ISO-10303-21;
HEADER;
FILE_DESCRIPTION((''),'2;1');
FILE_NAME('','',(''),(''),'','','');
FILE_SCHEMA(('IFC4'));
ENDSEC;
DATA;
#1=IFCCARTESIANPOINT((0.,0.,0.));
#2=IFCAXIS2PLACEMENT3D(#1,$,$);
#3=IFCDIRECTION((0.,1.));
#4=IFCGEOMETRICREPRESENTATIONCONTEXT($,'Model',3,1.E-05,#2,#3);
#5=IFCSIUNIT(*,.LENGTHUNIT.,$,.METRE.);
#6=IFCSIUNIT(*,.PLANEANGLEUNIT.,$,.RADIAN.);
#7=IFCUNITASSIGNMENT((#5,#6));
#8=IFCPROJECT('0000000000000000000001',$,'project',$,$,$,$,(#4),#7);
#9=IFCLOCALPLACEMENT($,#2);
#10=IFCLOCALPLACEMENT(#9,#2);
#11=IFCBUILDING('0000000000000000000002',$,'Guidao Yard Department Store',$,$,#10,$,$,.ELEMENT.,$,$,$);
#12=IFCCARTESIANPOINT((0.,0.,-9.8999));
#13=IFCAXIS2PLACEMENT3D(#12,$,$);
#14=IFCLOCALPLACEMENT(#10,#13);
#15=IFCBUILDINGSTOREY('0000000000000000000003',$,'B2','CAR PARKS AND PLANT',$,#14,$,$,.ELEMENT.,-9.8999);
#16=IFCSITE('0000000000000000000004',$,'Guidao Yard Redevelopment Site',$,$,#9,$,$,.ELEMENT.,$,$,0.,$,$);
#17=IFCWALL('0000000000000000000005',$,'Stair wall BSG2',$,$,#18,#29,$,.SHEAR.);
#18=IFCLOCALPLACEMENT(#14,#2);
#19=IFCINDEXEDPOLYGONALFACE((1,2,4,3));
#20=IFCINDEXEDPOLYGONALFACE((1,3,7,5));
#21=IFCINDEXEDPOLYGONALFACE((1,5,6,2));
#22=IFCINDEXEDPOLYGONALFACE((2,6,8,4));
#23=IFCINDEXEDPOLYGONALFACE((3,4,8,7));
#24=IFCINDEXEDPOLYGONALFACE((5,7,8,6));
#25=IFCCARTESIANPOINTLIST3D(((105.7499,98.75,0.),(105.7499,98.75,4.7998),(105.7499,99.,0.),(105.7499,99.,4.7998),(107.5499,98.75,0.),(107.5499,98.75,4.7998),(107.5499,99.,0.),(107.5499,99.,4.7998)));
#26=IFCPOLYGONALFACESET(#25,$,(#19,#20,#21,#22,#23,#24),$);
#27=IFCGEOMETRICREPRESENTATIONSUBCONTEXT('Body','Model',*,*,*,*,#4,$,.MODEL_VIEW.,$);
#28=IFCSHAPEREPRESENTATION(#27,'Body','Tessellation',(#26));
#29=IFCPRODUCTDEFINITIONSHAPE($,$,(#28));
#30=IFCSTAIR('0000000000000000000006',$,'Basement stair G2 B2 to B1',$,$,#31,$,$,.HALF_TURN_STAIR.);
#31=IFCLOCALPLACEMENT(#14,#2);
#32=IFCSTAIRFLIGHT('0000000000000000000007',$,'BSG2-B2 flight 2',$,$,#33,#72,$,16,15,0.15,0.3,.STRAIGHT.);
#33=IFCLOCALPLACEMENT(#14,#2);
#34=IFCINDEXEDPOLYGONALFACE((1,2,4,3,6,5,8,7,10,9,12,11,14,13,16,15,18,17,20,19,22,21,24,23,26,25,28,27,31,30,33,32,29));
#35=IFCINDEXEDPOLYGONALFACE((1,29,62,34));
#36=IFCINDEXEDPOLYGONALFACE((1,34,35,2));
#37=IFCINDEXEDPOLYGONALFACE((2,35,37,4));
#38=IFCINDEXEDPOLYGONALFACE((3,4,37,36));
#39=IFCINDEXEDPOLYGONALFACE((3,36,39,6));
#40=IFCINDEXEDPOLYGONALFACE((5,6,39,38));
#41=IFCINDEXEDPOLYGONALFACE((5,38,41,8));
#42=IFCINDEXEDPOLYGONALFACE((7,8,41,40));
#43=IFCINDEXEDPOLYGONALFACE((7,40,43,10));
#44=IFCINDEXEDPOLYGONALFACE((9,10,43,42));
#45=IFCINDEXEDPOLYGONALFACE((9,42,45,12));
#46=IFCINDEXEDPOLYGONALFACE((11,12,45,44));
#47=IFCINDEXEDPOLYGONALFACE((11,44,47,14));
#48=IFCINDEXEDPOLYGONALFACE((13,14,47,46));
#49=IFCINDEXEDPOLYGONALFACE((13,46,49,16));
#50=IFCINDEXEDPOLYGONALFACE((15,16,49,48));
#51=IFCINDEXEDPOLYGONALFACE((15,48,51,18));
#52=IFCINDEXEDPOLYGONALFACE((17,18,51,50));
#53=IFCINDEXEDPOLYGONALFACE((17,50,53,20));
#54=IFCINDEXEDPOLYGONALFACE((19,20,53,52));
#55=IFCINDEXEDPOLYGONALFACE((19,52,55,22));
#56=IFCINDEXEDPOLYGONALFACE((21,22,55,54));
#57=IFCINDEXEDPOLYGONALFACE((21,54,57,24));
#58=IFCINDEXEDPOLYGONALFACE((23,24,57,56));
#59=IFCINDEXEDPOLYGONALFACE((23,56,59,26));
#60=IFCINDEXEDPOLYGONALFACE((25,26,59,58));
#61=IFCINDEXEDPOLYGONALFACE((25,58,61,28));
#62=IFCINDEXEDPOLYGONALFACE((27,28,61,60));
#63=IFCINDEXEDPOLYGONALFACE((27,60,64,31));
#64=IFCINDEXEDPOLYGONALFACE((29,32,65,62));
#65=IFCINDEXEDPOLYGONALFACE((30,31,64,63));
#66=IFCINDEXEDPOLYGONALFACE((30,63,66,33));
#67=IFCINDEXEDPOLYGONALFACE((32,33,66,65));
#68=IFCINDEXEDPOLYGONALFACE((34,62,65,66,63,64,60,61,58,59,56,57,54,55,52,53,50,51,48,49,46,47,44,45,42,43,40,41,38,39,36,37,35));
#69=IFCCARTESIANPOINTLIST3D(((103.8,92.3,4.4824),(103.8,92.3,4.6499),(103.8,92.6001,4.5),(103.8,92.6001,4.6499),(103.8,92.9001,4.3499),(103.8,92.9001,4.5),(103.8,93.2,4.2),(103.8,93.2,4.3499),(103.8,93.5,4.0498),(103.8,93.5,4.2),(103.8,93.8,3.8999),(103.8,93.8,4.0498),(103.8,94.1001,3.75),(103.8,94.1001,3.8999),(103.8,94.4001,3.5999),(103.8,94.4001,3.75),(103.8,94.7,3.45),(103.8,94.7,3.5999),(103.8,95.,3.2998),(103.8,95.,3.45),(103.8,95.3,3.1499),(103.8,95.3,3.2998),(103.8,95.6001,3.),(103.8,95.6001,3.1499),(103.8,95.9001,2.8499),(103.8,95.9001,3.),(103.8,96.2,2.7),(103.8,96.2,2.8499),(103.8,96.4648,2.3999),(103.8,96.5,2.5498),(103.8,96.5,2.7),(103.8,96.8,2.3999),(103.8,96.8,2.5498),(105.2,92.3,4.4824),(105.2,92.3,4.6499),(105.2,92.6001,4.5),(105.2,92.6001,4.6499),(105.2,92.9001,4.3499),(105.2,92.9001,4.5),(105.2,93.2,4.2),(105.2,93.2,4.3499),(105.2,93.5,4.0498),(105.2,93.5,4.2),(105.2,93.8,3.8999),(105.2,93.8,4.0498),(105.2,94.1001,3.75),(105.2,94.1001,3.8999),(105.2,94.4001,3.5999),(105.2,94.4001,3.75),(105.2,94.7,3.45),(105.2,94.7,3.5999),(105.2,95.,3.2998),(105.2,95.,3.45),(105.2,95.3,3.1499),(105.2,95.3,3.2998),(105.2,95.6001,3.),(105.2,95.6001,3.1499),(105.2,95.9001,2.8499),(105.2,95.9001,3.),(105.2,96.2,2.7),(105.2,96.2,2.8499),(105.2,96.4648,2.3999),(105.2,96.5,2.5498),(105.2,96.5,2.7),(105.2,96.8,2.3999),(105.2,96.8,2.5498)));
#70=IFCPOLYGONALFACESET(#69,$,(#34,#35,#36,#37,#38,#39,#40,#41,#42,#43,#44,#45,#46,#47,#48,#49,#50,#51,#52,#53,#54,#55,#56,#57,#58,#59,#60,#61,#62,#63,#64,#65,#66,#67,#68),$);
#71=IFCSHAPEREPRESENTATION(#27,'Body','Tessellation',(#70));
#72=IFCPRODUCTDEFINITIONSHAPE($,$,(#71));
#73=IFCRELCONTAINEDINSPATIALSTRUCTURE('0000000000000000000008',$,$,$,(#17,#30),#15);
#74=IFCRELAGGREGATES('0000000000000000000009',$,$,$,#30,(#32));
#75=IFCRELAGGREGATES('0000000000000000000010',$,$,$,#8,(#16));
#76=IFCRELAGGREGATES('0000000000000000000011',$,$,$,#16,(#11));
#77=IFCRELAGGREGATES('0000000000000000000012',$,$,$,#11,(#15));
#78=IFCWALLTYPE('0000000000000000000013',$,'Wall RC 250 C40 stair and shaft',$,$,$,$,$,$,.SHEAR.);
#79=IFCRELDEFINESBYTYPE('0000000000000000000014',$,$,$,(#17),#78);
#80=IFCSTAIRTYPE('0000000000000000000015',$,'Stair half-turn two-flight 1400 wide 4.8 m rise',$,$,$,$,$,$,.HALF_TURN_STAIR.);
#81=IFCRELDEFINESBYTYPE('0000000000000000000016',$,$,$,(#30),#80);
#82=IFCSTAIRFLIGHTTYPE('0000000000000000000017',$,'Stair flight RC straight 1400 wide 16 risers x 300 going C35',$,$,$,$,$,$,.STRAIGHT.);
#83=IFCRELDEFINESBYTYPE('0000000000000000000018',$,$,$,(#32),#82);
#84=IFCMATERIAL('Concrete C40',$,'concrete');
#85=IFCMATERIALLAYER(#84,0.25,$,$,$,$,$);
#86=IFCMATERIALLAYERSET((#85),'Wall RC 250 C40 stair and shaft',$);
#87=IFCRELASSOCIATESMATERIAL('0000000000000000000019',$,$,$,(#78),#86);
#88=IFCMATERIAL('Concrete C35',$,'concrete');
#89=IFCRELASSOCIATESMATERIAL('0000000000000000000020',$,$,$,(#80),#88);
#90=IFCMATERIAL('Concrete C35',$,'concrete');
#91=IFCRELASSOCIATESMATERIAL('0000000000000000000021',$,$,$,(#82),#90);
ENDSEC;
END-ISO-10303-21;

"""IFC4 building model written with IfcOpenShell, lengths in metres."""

from ifc_helpers import new_model, si_unit, direction, frame, frame_2d, origin, place, context, subcontext, project, spatial, polyline, rectangle, outline, extrude, material, layer, layer_set, type_object, element, aggregate, save


model = new_model("IFC4")

# Units and contexts
model_context = context("Model", 3, precision=1e-05, world=origin(), true_north=direction((0.0, 1.0)))
body_context = subcontext(model_context, "Body", "Model", "MODEL_VIEW")
ifc_project = project(units=[si_unit("LENGTHUNIT", "METRE"), si_unit("PLANEANGLEUNIT", "RADIAN")], contexts=[model_context])

# Site, building, storey
site_placement = place(None, origin())
site = spatial("IfcSite", under=ifc_project, at=site_placement, Name="Guidao Yard Redevelopment Site", CompositionType="ELEMENT", RefElevation=0.0)
building_placement = place(site_placement, origin())
building = spatial("IfcBuilding", under=site, at=building_placement, Name="Guidao Yard Department Store", CompositionType="ELEMENT")
storey_placement = place(building_placement, frame((0.0, 0.0, -9.8999)))
storey = spatial("IfcBuildingStorey", under=building, at=storey_placement, Name="B2", Description="CAR PARKS AND PLANT", CompositionType="ELEMENT", Elevation=-9.8999)

# Wall
ifc_material_1 = material(Name="Concrete C40", Category="concrete")
ifc_layer_1 = layer(ifc_material_1, 0.25)
ifc_layer_set_1 = layer_set([ifc_layer_1], Name="Wall RC 250 C40 stair and shaft")
wall_type_1 = type_object("IfcWallType", Name="Wall RC 250 C40 stair and shaft", PredefinedType="SHEAR", material=ifc_layer_set_1)
wall_1_placement = place(storey_placement, frame((105.75, 98.875, 0.0), z_axis=(0.0, 0.0, 1.0), x_axis=(1.0, 0.0, 0.0)))
element("IfcWall", 1, at=wall_1_placement, inside=storey, type_object=wall_type_1, Name="Stair wall BSG2", PredefinedType="SHEAR", context=body_context, shape_type="SweptSolid", body=[
    extrude(rectangle(XDim=1.8, YDim=0.25, at=frame_2d((0.8999, 0.0))), origin(), (0.0, 0.0, 1.0), 4.7998),
])

# Stair, stair flight
ifc_material_2 = material(Name="Concrete C35", Category="concrete")
stair_type = type_object("IfcStairType", Name="Stair half-turn two-flight 1400 wide 4.8 m rise", PredefinedType="HALF_TURN_STAIR", material=ifc_material_2)
stair_placement = place(storey_placement, origin())
stair = element("IfcStair", 2, at=stair_placement, inside=storey, type_object=stair_type, Name="Basement stair G2 B2 to B1", PredefinedType="HALF_TURN_STAIR")
ifc_material_3 = material(Name="Concrete C35", Category="concrete")
stair_flight_type = type_object("IfcStairFlightType", Name="Stair flight RC straight 1400 wide 16 risers x 300 going C35", PredefinedType="STRAIGHT", material=ifc_material_3)
stair_flight_placement = place(storey_placement, frame((104.5, 96.8, 2.3999), z_axis=(0.0, 0.0, 1.0), x_axis=(0.0, -1.0, 0.0)))
stair_flight = element("IfcStairFlight", 3, at=stair_flight_placement, type_object=stair_flight_type, Name="BSG2-B2 flight 2", NumberOfRisers=16, NumberOfTreads=15, PredefinedType="STRAIGHT", RiserHeight=0.15, TreadLength=0.3, context=body_context, shape_type="SweptSolid", body=[
    extrude(outline(polyline([(0.0, 0.0), (0.0, 0.1499), (0.3, 0.1499), (0.3, 0.3), (0.6001, 0.3), (0.6001, 0.45), (0.8999, 0.45), (0.8999, 0.6001), (1.2, 0.6001), (1.2, 0.75), (1.5, 0.75), (1.5, 0.8999), (1.8, 0.8999), (1.8, 1.05), (2.1001, 1.05), (2.1001, 1.2), (2.3999, 1.2), (2.3999, 1.3501), (2.7, 1.3501), (2.7, 1.5), (3.0, 1.5), (3.0, 1.6499), (3.3, 1.6499), (3.3, 1.8), (3.6001, 1.8), (3.6001, 1.95), (3.8999, 1.95), (3.8999, 2.1001), (4.2, 2.1001), (4.2, 2.25), (4.5, 2.25), (4.5, 2.3999), (4.5, 2.0825), (0.3352, 0.0), (0.0, 0.0)])), frame((0.0, 0.7, 0.0), z_axis=(0.0, -1.0, 0.0), x_axis=(1.0, 0.0, 0.0)), (0.0, 0.0, 1.0), 1.3999),
])
aggregate(stair, [stair_flight])

save(model, "model.ifc")
